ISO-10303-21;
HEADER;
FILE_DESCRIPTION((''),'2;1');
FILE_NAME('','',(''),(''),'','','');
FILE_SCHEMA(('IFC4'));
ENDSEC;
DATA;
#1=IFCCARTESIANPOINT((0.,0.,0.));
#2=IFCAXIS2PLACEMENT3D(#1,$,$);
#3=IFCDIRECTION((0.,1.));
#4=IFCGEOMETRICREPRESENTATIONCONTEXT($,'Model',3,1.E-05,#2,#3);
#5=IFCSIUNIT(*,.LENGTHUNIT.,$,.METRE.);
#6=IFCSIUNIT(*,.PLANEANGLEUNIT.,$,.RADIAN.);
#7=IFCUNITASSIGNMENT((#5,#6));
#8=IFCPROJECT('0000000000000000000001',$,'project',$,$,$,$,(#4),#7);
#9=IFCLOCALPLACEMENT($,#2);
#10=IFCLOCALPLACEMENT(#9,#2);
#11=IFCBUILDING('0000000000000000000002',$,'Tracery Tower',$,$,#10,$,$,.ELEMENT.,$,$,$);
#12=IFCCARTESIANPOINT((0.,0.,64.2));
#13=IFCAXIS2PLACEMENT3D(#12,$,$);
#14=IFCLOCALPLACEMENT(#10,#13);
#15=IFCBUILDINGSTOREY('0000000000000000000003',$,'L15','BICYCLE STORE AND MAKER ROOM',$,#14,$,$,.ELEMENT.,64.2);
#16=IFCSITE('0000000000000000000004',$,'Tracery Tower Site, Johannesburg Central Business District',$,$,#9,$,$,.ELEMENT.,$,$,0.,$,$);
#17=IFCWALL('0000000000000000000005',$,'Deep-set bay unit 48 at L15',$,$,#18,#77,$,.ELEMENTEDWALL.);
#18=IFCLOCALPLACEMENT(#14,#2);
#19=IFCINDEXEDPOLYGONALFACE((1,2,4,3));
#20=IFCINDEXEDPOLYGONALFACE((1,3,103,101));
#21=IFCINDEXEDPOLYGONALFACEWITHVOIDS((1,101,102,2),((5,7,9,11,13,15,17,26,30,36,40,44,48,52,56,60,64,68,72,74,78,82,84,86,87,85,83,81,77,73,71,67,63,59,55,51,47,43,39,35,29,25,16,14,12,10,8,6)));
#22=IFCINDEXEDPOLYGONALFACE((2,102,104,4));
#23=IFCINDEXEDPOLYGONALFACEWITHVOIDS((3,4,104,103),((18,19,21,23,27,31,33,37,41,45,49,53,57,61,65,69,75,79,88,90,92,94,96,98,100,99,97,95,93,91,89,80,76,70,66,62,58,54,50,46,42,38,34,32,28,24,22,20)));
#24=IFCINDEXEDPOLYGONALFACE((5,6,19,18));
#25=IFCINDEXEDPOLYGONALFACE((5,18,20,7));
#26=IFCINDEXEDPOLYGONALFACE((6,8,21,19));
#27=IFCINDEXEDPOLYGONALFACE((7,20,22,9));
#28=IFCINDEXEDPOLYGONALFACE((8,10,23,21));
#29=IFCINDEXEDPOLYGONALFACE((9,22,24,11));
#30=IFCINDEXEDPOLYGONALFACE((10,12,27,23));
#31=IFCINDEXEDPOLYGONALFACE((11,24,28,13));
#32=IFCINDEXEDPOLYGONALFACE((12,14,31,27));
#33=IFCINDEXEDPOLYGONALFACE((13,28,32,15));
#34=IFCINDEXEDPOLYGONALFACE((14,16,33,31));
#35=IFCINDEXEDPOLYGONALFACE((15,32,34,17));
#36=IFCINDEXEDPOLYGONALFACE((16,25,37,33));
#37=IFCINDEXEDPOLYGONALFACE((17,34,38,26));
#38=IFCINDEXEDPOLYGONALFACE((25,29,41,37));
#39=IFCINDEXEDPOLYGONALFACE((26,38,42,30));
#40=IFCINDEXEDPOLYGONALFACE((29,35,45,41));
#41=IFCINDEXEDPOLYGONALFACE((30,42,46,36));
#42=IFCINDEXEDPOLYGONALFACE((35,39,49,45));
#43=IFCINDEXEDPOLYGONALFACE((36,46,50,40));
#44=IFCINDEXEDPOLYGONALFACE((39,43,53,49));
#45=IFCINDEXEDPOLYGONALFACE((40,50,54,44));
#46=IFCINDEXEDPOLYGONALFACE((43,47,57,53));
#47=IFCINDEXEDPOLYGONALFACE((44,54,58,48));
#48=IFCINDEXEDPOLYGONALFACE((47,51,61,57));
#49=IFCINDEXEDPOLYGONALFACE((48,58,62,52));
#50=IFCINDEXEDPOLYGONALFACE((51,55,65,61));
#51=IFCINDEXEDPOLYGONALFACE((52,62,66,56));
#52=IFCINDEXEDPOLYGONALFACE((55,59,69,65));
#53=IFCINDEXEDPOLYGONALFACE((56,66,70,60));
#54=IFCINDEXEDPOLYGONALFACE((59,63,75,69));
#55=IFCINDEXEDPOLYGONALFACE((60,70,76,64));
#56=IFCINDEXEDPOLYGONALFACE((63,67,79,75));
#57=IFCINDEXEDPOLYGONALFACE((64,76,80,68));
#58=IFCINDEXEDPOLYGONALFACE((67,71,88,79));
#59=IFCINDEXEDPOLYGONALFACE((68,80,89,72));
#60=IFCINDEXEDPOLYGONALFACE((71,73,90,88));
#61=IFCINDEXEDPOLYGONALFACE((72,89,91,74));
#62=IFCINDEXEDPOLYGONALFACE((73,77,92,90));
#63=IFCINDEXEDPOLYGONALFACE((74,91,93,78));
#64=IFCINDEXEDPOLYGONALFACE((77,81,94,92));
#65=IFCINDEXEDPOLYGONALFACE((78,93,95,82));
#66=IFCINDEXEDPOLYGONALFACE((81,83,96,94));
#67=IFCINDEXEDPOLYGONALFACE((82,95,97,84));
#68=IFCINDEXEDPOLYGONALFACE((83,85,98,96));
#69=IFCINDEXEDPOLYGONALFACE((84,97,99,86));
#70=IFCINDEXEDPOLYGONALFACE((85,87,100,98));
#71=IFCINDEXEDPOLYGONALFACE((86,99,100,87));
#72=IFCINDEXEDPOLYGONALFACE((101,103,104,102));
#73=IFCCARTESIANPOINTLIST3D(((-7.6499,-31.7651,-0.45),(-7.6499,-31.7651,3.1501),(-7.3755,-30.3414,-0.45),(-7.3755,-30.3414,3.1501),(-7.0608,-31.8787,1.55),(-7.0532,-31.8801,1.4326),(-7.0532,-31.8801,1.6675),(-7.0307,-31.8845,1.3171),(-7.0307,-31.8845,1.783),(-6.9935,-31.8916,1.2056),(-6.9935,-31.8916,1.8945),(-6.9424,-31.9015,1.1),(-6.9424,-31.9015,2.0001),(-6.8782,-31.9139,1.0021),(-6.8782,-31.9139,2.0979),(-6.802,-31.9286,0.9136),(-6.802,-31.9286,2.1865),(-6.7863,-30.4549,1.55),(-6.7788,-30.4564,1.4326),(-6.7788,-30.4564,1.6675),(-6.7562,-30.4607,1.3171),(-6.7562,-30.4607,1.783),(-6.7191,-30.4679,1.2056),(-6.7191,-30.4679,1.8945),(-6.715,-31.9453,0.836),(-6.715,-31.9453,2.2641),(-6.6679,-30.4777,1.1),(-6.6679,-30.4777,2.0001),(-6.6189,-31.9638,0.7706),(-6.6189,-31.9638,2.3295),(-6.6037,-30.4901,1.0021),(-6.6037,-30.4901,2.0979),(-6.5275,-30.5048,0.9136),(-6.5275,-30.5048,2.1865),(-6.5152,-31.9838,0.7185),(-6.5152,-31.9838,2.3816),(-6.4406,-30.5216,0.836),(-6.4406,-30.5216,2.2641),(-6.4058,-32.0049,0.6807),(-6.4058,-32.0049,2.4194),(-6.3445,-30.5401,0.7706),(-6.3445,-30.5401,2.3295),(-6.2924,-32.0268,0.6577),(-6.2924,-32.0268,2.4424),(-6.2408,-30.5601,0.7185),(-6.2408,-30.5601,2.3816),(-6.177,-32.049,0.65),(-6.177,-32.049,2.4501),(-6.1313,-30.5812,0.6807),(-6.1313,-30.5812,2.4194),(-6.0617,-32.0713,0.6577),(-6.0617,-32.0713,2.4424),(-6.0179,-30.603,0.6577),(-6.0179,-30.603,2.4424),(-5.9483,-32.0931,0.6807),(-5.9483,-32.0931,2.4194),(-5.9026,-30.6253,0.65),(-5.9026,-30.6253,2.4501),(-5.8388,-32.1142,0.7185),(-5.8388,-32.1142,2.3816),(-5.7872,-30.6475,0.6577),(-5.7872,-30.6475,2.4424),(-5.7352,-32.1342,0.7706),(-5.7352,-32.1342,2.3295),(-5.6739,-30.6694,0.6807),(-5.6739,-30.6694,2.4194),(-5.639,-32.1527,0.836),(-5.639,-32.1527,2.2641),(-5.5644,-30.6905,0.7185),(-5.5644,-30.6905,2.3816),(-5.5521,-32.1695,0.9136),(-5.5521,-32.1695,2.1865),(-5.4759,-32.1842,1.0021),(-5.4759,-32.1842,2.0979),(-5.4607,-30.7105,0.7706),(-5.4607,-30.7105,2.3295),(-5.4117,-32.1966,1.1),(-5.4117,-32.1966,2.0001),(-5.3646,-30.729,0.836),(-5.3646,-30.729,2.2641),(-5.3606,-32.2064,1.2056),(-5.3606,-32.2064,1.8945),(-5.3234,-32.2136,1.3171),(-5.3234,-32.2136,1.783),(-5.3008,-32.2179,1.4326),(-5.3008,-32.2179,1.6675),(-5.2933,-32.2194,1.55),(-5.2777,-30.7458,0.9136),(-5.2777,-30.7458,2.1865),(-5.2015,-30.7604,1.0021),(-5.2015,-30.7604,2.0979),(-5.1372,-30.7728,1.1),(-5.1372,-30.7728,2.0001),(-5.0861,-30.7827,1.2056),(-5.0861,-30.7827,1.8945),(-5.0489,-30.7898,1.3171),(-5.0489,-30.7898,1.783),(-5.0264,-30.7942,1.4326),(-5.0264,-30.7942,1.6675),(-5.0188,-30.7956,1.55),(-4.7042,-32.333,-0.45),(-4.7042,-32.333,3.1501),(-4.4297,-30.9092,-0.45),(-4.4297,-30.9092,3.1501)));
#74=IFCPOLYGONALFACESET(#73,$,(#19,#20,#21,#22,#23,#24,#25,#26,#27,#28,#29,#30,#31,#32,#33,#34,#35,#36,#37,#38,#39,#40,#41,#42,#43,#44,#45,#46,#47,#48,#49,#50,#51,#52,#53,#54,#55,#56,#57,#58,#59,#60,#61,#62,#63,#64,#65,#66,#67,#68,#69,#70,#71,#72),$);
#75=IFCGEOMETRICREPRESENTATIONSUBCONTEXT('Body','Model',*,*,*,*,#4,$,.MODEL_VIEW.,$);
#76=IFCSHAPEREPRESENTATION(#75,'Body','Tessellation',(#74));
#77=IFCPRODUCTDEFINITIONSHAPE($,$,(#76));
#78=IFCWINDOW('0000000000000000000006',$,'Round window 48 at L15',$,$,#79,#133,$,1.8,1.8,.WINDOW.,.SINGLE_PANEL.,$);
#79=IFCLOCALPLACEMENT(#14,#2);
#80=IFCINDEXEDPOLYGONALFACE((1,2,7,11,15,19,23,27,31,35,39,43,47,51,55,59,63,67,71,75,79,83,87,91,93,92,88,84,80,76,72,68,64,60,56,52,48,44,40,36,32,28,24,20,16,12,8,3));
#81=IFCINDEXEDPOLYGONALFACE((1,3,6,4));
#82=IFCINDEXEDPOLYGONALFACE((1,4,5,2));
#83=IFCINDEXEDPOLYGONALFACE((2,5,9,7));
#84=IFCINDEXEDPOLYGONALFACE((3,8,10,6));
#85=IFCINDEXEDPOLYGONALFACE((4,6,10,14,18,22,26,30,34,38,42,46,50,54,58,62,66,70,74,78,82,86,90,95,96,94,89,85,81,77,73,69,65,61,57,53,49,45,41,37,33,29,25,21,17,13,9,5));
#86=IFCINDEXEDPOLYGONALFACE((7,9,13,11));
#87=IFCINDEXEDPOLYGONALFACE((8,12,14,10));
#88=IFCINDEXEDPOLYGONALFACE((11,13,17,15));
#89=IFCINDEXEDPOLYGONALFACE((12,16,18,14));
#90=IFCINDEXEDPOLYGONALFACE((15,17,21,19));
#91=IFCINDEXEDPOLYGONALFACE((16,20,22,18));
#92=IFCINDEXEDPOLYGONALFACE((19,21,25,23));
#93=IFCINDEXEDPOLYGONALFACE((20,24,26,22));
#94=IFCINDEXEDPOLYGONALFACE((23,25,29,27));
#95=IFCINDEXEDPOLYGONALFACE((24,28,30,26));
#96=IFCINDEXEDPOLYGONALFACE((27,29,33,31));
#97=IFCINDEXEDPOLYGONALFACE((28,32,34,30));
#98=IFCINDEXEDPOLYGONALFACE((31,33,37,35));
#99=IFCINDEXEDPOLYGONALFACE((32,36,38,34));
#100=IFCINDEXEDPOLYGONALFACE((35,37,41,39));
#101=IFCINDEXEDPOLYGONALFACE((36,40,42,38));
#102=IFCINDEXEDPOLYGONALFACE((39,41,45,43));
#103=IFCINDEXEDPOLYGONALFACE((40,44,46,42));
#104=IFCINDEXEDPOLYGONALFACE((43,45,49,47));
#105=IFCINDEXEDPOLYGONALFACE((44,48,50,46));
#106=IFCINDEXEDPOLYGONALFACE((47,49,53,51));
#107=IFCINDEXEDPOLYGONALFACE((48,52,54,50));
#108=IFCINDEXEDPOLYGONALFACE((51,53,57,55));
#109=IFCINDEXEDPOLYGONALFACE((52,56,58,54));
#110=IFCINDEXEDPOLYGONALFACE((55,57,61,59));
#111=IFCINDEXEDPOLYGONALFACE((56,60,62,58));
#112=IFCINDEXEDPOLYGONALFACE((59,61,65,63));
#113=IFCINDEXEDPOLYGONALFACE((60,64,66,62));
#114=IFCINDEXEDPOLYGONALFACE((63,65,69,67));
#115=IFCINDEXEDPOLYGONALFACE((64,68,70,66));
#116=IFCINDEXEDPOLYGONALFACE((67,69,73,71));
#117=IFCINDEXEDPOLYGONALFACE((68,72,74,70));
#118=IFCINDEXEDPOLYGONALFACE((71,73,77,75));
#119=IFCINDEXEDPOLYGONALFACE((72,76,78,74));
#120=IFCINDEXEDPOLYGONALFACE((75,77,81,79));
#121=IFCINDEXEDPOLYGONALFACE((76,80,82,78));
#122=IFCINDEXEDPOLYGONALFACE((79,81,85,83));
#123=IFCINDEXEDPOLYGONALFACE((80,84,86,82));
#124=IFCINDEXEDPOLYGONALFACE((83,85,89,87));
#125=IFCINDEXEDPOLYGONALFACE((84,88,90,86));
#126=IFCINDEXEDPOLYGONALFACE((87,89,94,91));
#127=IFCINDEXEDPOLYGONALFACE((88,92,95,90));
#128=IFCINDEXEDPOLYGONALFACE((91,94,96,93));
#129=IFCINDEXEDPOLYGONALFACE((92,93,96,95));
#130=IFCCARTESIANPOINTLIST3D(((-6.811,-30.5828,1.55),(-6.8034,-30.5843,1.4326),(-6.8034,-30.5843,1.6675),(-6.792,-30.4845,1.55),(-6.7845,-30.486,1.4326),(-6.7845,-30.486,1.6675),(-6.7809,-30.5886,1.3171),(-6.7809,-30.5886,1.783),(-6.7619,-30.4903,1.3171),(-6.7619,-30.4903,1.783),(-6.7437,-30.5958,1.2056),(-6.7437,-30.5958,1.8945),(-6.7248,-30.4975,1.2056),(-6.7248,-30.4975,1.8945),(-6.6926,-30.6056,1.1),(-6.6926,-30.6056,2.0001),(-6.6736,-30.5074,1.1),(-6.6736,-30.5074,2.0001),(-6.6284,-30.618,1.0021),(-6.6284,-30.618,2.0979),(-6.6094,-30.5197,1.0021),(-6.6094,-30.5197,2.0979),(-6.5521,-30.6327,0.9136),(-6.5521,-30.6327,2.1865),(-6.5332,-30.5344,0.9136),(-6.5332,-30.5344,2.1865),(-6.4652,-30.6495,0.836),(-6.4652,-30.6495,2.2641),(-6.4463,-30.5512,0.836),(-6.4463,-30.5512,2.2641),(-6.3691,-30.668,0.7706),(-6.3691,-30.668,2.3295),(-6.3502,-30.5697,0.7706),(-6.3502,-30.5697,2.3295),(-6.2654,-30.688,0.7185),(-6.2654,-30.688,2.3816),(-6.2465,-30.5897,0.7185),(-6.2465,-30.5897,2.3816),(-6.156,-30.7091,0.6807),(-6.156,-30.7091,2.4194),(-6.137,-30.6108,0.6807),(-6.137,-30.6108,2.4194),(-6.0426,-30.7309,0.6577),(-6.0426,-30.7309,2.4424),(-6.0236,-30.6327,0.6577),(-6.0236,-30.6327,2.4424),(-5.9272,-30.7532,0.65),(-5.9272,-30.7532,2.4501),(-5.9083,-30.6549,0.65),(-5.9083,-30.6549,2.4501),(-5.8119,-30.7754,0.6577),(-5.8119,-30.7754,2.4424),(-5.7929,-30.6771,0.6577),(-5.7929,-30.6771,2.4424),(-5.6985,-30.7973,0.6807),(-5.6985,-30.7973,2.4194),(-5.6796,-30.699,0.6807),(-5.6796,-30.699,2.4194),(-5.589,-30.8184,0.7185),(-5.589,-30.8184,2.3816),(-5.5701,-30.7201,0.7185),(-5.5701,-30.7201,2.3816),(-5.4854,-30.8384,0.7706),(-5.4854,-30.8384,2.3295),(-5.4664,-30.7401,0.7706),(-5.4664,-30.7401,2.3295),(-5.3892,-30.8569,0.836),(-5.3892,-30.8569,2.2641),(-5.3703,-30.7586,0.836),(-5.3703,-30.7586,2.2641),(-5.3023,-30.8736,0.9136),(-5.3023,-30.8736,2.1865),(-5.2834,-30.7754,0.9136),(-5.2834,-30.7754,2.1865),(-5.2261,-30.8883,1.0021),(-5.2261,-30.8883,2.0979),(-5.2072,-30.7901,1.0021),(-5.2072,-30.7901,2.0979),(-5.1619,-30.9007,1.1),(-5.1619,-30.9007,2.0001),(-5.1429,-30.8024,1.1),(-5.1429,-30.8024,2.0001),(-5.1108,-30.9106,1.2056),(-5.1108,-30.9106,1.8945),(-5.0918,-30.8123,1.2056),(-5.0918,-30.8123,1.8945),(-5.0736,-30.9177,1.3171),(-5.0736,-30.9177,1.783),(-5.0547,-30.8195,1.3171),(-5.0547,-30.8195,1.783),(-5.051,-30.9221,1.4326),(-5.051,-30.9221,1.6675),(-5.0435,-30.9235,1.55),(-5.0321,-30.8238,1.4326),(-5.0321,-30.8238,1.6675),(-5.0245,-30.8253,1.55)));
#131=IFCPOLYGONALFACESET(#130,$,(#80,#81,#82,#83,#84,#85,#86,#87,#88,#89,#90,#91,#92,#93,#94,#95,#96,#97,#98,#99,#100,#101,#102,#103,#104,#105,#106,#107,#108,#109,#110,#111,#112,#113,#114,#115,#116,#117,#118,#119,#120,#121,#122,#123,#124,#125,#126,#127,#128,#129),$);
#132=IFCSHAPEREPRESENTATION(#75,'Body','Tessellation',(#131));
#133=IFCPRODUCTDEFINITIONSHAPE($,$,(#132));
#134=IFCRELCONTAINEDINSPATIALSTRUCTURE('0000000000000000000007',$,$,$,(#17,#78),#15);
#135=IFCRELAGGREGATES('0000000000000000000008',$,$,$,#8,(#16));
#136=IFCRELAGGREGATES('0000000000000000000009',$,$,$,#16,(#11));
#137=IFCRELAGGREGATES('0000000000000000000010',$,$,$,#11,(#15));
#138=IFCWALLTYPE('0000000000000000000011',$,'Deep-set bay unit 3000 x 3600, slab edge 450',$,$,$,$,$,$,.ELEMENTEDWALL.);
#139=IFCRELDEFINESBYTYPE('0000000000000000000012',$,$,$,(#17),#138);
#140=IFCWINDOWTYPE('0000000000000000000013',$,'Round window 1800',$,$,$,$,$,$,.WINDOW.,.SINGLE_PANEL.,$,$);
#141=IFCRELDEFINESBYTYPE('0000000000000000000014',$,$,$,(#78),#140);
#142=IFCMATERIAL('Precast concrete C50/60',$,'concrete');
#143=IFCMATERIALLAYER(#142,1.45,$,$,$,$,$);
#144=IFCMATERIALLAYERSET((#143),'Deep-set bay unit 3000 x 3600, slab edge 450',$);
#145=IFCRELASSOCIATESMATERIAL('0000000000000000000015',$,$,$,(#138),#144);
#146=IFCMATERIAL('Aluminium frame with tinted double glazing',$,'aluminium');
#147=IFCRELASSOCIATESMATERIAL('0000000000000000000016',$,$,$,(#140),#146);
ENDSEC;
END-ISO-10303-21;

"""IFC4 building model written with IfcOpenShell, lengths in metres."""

from ifc_helpers import new_model, si_unit, direction, frame, frame_2d, origin, origin_2d, place, context, subcontext, project, spatial, rectangle, circle, extrude, material, layer, layer_set, type_object, element, fill, save


model = new_model("IFC4")

# Units and contexts
model_context = context("Model", 3, precision=1e-05, world=origin(), true_north=direction((0.0, 1.0)))
body_context = subcontext(model_context, "Body", "Model", "MODEL_VIEW")
ifc_project = project(units=[si_unit("LENGTHUNIT", "METRE"), si_unit("PLANEANGLEUNIT", "RADIAN")], contexts=[model_context])

# Site, building, storey
site_placement = place(None, origin())
site = spatial("IfcSite", under=ifc_project, at=site_placement, Name="Tracery Tower Site, Johannesburg Central Business District", CompositionType="ELEMENT", RefElevation=0.0)
building_placement = place(site_placement, origin())
building = spatial("IfcBuilding", under=site, at=building_placement, Name="Tracery Tower", CompositionType="ELEMENT")
storey_placement = place(building_placement, frame((0.0, 0.0, 64.2)))
storey = spatial("IfcBuildingStorey", under=building, at=storey_placement, Name="L15", Description="BICYCLE STORE AND MAKER ROOM", CompositionType="ELEMENT", Elevation=64.2)

# Wall, opening, window
ifc_material_1 = material(Name="Precast concrete C50/60", Category="concrete")
ifc_layer_1 = layer(ifc_material_1, 1.45)
ifc_layer_set_1 = layer_set([ifc_layer_1], Name="Deep-set bay unit 3000 x 3600, slab edge 450")
wall_type_1 = type_object("IfcWallType", Name="Deep-set bay unit 3000 x 3600, slab edge 450", PredefinedType="ELEMENTEDWALL", material=ifc_layer_set_1)
wall_1_placement = place(storey_placement, frame((-7.5127, -31.0532, -0.45), z_axis=(0.0, 0.0, 1.0), x_axis=(0.981922, -0.189288, 0.0)))
wall_1 = element("IfcWall", 1, at=wall_1_placement, inside=storey, type_object=wall_type_1, Name="Deep-set bay unit 48 at L15", PredefinedType="ELEMENTEDWALL", context=body_context, shape_type="SweptSolid", body=[
    extrude(rectangle(XDim=3.0, YDim=1.45, at=frame_2d((1.5, 0.0))), origin(), (0.0, 0.0, 1.0), 3.6001),
])
opening_1_placement = place(wall_1_placement, frame((1.5, 0.0, 2.0)))
opening_1 = element("IfcOpeningElement", 2, at=opening_1_placement, cuts=wall_1, PredefinedType="OPENING", context=body_context, shape_type="SweptSolid", body=[
    extrude(circle(Radius=0.9, at=origin_2d()), frame((0.0, 0.7349, 0.0), z_axis=(0.0, -1.0, 0.0), x_axis=(1.0, 0.0, 0.0)), (0.0, 0.0, 1.0), 1.47),
])
ifc_material_2 = material(Name="Aluminium frame with tinted double glazing", Category="aluminium")
window_type = type_object("IfcWindowType", Name="Round window 1800", PartitioningType="SINGLE_PANEL", PredefinedType="WINDOW", material=ifc_material_2)
window_1_placement = place(opening_1_placement, origin())
window_1 = element("IfcWindow", 3, at=window_1_placement, inside=storey, type_object=window_type, Name="Round window 48 at L15", OverallHeight=1.8, OverallWidth=1.8, PartitioningType="SINGLE_PANEL", PredefinedType="WINDOW", context=body_context, shape_type="SweptSolid", body=[
    extrude(circle(Radius=0.9, at=origin_2d()), frame((0.0, 0.6948, 0.0), z_axis=(0.0, -1.0, 0.0), x_axis=(1.0, 0.0, 0.0)), (0.0, 0.0, 1.0), 0.1001),
])
fill(opening_1, window_1)

save(model, "model.ifc")
